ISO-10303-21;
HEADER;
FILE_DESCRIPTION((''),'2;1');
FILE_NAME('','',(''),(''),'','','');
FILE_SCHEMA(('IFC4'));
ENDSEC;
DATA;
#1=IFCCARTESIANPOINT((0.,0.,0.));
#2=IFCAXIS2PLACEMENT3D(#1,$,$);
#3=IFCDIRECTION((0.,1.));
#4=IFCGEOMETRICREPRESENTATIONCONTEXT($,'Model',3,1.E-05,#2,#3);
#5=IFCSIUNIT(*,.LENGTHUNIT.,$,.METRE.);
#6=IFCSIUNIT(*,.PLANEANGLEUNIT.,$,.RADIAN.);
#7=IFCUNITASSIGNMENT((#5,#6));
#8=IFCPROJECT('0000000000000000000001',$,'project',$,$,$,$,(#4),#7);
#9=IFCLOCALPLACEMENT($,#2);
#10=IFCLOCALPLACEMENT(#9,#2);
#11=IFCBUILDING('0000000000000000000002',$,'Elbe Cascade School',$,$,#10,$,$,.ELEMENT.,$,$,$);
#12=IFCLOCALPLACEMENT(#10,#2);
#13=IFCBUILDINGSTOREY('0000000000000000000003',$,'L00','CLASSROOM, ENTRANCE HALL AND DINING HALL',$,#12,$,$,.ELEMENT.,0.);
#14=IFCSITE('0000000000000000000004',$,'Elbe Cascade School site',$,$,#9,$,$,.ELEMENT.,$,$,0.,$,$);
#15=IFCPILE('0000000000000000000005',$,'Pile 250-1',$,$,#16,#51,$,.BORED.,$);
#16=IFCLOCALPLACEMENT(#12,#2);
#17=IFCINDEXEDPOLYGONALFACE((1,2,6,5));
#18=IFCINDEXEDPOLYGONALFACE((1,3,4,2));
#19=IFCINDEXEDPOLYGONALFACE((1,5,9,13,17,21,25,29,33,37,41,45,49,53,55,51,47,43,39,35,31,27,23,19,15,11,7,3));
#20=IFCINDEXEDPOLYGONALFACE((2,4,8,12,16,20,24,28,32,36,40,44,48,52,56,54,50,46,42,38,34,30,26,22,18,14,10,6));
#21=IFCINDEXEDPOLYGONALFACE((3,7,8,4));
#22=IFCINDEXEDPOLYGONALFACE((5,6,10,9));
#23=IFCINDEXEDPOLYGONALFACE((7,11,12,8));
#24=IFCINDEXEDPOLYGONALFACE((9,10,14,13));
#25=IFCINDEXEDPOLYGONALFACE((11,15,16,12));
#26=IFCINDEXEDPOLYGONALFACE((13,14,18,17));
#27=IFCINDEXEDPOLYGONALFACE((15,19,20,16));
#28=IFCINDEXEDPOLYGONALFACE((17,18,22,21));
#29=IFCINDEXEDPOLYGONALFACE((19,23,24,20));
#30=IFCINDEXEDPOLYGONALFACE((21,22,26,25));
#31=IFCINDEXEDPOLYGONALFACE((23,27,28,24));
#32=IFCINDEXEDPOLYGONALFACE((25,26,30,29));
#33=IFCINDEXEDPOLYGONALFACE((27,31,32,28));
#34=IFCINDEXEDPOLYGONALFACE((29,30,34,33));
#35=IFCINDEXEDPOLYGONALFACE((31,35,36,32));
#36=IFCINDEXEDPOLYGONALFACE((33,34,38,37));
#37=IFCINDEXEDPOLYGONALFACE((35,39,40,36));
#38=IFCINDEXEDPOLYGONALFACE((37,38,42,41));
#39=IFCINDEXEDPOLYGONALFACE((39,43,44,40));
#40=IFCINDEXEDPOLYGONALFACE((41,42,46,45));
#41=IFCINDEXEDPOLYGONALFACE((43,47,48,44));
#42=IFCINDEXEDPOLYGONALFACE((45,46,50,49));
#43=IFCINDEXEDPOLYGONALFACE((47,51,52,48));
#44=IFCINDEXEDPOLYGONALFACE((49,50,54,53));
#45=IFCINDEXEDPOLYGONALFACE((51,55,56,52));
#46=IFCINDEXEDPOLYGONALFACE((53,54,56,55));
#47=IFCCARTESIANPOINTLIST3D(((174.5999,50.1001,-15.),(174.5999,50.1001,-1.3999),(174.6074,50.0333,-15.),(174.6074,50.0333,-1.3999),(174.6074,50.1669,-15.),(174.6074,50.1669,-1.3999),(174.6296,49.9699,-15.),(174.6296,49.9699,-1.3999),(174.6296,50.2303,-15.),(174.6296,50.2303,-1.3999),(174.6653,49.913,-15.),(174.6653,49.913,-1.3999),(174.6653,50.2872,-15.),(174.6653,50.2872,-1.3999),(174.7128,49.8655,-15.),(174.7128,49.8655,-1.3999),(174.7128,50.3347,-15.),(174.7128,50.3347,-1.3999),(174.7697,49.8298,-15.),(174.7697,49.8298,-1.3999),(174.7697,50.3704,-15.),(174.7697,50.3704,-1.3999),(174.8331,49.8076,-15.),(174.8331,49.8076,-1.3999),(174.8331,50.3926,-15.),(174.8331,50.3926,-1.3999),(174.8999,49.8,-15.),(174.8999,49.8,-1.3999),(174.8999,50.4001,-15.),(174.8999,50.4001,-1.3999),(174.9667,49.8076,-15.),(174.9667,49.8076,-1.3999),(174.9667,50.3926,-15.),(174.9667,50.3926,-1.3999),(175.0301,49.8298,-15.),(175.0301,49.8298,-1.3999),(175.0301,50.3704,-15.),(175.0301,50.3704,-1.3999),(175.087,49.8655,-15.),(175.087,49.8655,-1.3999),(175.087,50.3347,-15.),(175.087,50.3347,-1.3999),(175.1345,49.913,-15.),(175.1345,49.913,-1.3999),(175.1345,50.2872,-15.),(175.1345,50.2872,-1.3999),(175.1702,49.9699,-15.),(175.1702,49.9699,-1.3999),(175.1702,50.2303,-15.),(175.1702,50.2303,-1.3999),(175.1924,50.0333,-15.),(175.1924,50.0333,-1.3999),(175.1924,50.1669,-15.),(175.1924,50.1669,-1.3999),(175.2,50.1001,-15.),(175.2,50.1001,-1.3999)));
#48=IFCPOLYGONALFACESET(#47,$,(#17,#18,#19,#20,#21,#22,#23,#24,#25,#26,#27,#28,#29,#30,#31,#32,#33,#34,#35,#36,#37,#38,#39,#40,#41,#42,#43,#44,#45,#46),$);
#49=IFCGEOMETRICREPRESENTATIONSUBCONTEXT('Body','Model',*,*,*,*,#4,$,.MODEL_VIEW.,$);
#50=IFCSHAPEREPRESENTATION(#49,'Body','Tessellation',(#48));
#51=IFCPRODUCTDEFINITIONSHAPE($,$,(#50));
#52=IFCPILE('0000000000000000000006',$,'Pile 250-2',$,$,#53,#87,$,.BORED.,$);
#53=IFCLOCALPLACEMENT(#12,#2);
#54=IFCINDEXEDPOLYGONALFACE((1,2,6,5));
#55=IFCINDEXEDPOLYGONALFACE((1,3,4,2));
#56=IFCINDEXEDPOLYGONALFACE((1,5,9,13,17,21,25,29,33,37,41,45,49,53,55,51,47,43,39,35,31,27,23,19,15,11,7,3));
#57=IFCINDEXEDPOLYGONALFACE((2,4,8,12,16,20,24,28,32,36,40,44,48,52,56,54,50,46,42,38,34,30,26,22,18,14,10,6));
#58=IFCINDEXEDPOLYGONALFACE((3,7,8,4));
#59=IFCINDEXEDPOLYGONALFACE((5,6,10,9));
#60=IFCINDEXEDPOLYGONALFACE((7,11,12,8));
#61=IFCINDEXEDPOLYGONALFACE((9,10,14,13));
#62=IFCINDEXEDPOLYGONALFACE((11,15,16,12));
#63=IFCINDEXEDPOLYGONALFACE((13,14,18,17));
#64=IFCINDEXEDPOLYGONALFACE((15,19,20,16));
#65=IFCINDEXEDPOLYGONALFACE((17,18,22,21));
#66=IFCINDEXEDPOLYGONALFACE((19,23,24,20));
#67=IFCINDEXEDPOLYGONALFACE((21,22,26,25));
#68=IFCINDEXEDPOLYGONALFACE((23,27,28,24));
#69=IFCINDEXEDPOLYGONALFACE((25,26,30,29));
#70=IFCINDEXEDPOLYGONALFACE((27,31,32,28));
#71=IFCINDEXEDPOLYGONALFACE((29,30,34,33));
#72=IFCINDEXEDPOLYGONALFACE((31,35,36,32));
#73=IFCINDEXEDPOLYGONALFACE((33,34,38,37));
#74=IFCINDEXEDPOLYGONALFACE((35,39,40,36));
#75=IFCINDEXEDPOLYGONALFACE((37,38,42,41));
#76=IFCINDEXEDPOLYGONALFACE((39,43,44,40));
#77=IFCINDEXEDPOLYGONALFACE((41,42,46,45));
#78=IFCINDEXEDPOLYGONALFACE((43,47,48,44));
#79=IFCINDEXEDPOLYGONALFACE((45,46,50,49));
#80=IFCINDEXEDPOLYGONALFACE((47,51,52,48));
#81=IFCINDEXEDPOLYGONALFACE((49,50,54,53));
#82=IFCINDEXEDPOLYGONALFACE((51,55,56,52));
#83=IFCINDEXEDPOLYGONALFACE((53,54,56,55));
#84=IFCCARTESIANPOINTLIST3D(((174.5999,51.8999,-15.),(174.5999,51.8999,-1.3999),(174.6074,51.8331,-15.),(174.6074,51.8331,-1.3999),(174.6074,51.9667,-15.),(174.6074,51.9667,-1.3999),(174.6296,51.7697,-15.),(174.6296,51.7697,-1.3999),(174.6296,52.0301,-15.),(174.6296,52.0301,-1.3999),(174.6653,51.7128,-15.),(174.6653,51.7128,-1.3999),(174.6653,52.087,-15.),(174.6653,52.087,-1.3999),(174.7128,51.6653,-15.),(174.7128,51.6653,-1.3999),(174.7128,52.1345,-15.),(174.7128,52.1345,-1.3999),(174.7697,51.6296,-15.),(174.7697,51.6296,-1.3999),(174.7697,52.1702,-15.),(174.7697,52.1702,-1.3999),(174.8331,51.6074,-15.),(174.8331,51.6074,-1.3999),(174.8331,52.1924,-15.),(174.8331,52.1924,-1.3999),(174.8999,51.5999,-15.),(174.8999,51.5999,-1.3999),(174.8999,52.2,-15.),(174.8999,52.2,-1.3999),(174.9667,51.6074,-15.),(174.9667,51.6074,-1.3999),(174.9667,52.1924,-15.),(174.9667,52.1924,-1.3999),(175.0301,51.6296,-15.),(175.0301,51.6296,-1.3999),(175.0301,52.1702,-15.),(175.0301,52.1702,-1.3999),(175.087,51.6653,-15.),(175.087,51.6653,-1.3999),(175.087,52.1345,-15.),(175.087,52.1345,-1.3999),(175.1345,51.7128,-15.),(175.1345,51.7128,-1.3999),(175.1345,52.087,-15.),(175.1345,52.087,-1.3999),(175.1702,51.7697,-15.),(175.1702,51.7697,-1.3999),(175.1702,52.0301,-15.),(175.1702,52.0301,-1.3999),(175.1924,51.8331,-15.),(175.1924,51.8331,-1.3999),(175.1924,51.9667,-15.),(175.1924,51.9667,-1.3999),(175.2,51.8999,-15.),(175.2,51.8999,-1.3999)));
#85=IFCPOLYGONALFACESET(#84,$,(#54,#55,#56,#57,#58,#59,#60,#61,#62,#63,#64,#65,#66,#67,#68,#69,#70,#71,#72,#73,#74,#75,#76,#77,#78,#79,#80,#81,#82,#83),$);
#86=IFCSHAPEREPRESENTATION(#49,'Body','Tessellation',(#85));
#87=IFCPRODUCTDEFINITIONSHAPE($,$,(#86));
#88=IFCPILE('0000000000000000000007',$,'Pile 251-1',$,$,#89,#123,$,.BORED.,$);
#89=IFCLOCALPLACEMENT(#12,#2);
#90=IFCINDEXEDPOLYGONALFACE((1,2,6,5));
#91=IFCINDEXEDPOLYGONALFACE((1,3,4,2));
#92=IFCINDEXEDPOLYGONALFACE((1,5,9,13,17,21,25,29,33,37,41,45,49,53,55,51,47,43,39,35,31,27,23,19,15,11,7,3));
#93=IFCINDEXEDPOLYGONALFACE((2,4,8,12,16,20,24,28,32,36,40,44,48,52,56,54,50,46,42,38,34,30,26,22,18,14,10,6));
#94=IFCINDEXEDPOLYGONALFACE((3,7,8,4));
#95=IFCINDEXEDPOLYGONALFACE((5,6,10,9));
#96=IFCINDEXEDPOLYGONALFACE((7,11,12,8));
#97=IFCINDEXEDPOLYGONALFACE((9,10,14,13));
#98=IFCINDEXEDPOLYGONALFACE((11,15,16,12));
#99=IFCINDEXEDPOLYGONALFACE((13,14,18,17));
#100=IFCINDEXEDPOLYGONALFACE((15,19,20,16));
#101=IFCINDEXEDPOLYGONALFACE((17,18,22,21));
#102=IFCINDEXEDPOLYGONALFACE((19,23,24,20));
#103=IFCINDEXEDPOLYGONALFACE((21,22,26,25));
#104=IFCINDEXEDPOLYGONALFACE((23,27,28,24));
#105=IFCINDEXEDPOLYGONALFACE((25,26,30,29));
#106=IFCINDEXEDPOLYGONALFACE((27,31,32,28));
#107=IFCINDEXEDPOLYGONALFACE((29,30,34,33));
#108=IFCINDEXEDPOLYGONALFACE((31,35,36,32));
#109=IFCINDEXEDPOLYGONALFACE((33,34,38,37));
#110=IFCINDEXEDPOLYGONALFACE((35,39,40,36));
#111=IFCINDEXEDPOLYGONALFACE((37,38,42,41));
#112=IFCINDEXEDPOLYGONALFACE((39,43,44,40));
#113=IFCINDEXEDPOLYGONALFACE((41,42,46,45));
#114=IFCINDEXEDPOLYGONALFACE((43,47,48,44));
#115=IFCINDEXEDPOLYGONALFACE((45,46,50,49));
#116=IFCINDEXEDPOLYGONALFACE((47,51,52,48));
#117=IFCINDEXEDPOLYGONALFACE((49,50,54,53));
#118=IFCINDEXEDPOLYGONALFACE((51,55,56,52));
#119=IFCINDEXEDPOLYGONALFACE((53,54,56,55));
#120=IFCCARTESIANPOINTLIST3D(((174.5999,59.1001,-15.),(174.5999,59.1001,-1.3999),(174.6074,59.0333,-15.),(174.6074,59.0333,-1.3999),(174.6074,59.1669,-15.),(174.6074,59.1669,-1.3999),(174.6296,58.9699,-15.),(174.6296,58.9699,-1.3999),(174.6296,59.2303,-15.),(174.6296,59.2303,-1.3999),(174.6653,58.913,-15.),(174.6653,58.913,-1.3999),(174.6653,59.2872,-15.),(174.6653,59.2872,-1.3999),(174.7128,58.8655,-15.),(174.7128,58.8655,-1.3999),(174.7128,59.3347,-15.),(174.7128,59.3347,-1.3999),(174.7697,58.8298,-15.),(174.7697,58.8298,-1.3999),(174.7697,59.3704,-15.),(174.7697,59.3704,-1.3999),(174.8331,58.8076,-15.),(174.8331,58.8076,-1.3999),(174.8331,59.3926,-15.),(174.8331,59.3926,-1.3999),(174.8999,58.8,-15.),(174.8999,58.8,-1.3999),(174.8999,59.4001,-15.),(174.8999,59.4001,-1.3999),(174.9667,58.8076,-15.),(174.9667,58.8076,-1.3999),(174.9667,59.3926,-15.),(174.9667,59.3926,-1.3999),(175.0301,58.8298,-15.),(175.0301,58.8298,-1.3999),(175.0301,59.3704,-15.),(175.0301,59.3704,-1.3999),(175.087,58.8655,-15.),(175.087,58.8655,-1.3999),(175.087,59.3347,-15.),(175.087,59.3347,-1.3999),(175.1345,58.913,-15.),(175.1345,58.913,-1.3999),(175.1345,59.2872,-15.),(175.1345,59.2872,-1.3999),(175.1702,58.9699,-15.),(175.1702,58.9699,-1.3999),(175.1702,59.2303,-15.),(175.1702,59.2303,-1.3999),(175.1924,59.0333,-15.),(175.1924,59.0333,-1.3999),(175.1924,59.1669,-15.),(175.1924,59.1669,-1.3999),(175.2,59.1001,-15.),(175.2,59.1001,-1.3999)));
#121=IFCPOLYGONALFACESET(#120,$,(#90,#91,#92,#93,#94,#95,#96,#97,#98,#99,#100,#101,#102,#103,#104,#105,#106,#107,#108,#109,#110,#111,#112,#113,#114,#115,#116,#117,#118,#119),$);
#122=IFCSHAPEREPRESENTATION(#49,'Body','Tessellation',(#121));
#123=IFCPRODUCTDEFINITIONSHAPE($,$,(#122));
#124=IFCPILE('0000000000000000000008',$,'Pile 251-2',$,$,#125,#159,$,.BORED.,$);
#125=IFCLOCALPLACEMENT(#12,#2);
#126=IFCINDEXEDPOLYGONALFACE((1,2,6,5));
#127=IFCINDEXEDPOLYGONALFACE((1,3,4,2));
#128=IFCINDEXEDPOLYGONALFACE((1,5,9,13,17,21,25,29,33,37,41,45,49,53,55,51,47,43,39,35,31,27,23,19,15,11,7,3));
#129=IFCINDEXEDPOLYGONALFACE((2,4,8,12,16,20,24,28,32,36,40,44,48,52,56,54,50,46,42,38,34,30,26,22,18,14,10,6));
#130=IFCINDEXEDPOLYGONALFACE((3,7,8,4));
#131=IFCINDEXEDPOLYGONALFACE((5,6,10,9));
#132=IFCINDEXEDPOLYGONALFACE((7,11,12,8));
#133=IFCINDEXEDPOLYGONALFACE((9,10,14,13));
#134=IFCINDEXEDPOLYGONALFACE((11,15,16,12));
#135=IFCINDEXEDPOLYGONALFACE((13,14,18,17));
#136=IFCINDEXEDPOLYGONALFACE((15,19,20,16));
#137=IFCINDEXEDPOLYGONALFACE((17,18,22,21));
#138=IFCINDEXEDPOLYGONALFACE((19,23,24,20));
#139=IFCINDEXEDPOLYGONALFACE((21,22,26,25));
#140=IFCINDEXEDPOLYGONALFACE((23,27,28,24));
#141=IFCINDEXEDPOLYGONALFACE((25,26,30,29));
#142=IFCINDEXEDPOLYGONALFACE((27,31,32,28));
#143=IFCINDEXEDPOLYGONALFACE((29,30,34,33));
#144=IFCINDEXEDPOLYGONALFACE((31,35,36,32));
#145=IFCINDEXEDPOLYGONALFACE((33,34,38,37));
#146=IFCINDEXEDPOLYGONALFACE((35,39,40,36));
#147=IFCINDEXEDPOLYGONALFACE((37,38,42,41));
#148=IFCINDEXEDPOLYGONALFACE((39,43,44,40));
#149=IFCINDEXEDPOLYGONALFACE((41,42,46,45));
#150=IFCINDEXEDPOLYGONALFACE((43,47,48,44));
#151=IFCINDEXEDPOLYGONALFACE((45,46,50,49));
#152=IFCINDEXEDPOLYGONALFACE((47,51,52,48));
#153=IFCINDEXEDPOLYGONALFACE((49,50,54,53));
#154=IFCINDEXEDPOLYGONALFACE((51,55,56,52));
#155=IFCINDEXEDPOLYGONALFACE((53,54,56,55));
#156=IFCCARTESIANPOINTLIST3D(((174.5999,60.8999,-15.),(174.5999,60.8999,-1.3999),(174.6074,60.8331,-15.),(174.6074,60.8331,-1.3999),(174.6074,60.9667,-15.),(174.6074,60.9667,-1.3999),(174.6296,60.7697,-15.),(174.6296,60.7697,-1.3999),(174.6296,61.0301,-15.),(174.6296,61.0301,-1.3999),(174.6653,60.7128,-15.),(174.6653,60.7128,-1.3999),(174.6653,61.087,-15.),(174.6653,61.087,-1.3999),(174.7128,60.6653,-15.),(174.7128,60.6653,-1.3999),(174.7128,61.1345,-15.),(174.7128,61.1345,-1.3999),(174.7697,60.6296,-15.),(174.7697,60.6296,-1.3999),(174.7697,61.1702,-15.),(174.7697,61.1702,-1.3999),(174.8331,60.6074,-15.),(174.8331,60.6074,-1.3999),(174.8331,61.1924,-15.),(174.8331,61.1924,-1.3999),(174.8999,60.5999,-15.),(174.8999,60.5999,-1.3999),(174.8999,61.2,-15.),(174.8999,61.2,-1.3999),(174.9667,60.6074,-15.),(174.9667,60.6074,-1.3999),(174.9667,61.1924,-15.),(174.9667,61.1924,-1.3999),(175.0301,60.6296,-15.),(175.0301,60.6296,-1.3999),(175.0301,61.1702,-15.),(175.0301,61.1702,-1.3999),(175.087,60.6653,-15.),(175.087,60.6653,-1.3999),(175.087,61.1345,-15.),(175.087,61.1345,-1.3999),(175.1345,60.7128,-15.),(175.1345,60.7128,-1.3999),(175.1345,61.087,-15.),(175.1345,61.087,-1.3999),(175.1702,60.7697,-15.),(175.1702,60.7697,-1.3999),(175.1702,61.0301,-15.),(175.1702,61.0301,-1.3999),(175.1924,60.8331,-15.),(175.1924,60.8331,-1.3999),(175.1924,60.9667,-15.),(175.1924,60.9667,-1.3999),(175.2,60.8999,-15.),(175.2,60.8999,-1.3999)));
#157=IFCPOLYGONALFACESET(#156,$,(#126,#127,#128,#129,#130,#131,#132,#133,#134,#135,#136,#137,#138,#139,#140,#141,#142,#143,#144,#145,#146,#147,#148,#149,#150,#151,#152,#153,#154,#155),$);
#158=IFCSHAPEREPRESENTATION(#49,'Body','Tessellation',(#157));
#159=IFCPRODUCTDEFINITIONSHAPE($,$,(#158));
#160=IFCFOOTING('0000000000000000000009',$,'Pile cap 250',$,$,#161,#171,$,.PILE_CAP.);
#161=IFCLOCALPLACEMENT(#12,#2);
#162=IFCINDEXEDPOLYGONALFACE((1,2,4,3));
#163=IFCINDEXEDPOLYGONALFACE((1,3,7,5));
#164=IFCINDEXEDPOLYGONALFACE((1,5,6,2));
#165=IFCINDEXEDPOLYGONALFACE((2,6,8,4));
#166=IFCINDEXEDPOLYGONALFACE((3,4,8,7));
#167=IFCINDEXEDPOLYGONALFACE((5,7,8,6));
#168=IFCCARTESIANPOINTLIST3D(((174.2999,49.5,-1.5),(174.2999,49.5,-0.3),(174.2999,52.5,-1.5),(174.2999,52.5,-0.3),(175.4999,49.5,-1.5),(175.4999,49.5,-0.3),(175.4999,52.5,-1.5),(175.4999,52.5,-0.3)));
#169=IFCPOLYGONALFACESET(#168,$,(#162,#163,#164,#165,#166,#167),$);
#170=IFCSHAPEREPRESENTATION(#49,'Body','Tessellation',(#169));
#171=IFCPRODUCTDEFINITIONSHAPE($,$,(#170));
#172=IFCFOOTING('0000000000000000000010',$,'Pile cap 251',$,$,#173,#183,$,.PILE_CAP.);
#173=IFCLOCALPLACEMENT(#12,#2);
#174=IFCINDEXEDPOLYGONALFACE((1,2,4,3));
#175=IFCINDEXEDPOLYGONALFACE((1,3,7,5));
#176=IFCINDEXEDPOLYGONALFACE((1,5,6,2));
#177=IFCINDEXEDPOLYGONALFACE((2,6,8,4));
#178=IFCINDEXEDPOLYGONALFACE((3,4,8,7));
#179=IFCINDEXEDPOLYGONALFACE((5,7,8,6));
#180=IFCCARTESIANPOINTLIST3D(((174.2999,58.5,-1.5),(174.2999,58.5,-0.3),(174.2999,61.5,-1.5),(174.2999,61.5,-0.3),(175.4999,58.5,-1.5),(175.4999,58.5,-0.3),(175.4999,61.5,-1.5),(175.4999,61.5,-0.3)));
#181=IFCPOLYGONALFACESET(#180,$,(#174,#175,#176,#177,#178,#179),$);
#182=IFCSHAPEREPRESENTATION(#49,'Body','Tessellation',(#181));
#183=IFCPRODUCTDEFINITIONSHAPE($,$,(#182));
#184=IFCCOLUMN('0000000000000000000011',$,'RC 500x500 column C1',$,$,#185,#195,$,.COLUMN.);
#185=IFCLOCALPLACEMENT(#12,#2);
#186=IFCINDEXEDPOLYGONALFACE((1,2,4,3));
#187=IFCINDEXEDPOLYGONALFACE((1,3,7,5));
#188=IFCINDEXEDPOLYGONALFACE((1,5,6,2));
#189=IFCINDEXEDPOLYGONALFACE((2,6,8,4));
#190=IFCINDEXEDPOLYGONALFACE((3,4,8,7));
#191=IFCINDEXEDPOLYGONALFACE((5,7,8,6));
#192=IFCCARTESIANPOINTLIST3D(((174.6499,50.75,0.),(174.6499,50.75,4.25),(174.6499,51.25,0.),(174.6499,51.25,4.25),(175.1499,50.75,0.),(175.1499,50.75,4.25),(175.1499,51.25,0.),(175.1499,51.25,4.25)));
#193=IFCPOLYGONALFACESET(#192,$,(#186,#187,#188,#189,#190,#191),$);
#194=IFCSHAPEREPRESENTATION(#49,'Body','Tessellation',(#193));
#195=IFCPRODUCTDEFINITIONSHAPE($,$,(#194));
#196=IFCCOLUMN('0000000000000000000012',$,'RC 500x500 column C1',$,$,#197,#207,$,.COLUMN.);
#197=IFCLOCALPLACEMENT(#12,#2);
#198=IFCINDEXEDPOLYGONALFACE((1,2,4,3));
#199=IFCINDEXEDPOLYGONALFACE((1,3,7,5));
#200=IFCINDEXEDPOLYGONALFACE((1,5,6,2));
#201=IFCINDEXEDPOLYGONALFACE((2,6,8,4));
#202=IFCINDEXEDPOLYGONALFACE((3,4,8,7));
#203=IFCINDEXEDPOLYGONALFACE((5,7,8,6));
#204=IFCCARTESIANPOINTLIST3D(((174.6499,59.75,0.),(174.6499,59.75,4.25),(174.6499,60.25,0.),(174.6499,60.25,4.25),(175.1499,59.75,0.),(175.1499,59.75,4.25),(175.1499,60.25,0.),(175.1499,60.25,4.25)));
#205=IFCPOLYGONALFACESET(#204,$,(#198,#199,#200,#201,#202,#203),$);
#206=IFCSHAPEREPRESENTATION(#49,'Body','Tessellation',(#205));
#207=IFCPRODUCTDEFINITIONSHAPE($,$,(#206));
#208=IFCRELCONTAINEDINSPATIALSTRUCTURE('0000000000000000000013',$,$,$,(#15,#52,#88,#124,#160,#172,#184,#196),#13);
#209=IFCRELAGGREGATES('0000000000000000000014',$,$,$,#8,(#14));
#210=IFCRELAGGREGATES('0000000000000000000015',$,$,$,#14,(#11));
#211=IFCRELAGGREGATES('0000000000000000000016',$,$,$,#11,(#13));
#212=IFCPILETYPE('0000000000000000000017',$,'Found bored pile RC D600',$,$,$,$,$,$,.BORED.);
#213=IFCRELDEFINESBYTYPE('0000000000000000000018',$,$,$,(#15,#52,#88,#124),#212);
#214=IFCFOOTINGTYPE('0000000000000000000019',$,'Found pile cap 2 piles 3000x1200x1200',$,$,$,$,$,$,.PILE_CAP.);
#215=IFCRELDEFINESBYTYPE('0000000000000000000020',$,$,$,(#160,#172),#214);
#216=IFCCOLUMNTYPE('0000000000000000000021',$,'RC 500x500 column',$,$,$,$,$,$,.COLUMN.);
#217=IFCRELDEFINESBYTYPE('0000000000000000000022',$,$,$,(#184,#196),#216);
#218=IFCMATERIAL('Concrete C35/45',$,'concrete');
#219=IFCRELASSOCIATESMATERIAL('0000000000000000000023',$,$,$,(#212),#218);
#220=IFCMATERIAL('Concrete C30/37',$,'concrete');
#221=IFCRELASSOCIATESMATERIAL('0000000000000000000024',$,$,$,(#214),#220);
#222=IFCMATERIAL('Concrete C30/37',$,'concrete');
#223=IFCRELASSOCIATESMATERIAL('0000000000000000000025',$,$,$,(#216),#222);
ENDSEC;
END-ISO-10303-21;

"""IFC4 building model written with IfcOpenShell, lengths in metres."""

from ifc_helpers import new_model, si_unit, direction, frame, origin, origin_2d, place, context, subcontext, project, spatial, rectangle, circle, extrude, material, material_profile, profile_set, type_object, element, save


model = new_model("IFC4")

# Units and contexts
model_context = context("Model", 3, precision=1e-05, world=origin(), true_north=direction((0.0, 1.0)))
body_context = subcontext(model_context, "Body", "Model", "MODEL_VIEW")
ifc_project = project(units=[si_unit("LENGTHUNIT", "METRE"), si_unit("PLANEANGLEUNIT", "RADIAN")], contexts=[model_context])

# Site, building, storey
site_placement = place(None, origin())
site = spatial("IfcSite", under=ifc_project, at=site_placement, Name="Elbe Cascade School site", CompositionType="ELEMENT", RefElevation=0.0)
building_placement = place(site_placement, origin())
building = spatial("IfcBuilding", under=site, at=building_placement, Name="Elbe Cascade School", CompositionType="ELEMENT")
storey_placement = place(building_placement, origin())
storey = spatial("IfcBuildingStorey", under=building, at=storey_placement, Name="L00", Description="CLASSROOM, ENTRANCE HALL AND DINING HALL", CompositionType="ELEMENT", Elevation=0.0)

# Piles
ifc_material_1 = material(Name="Concrete C35/45", Category="concrete")
ifc_material_profile_1 = material_profile(ifc_material_1, circle(Radius=0.3, at=origin_2d()), Name="RC D600")
ifc_profile_set_1 = profile_set([ifc_material_profile_1], Name="Concrete C35/45")
pile_type = type_object("IfcPileType", Name="Found bored pile RC D600", PredefinedType="BORED", material=ifc_profile_set_1)
for number, where, z_axis, x_axis, name in (
    (1, (174.8999, 50.1001, -1.3999), (0.0, 0.0, -1.0), (1.0, 0.0, 0.0), "Pile 250-1"),
    (2, (174.8999, 51.8999, -1.3999), (0.0, 0.0, -1.0), (1.0, 0.0, 0.0), "Pile 250-2"),
    (3, (174.8999, 59.1001, -1.3999), (0.0, 0.0, -1.0), (1.0, 0.0, 0.0), "Pile 251-1"),
    (4, (174.8999, 60.8999, -1.3999), (0.0, 0.0, -1.0), (1.0, 0.0, 0.0), "Pile 251-2"),
):
    element("IfcPile", number, at=place(storey_placement, frame(where, z_axis=z_axis, x_axis=x_axis)), inside=storey, type_object=pile_type, Name=name, PredefinedType="BORED", context=body_context, shape_type="SweptSolid", body=[
        extrude(circle(Radius=0.3, at=origin_2d()), origin(), (0.0, 0.0, 1.0), 13.6001),
    ])

# Footings
ifc_material_2 = material(Name="Concrete C30/37", Category="concrete")
footing_type = type_object("IfcFootingType", Name="Found pile cap 2 piles 3000x1200x1200", PredefinedType="PILE_CAP", material=ifc_material_2)
for number, where, z_axis, x_axis, name in (
    (5, (174.8999, 51.0, -1.5), (0.0, 0.0, 1.0), (1.0, 0.0, 0.0), "Pile cap 250"),
    (6, (174.8999, 60.0, -1.5), (0.0, 0.0, 1.0), (1.0, 0.0, 0.0), "Pile cap 251"),
):
    element("IfcFooting", number, at=place(storey_placement, frame(where, z_axis=z_axis, x_axis=x_axis)), inside=storey, type_object=footing_type, Name=name, PredefinedType="PILE_CAP", context=body_context, shape_type="SweptSolid", body=[
        extrude(rectangle(XDim=1.2, YDim=3.0, at=origin_2d()), origin(), (0.0, 0.0, 1.0), 1.2),
    ])

# Columns
ifc_material_3 = material(Name="Concrete C30/37", Category="concrete")
ifc_material_profile_2 = material_profile(ifc_material_3, rectangle(XDim=0.5, YDim=0.5, at=origin_2d()), Name="RC 500x500")
ifc_profile_set_2 = profile_set([ifc_material_profile_2], Name="Concrete C30/37")
column_type = type_object("IfcColumnType", Name="RC 500x500 column", PredefinedType="COLUMN", material=ifc_profile_set_2)
for number, where, z_axis, x_axis, name in (
    (7, (174.8999, 51.0, 0.0), (0.0, 0.0, 1.0), (1.0, 0.0, 0.0), "RC 500x500 column C1"),
    (8, (174.8999, 60.0, 0.0), (0.0, 0.0, 1.0), (1.0, 0.0, 0.0), "RC 500x500 column C1"),
):
    element("IfcColumn", number, at=place(storey_placement, frame(where, z_axis=z_axis, x_axis=x_axis)), inside=storey, type_object=column_type, Name=name, PredefinedType="COLUMN", context=body_context, shape_type="SweptSolid", body=[
        extrude(rectangle(XDim=0.5, YDim=0.5, at=origin_2d()), origin(), (0.0, 0.0, 1.0), 4.25),
    ])

save(model, "model.ifc")
